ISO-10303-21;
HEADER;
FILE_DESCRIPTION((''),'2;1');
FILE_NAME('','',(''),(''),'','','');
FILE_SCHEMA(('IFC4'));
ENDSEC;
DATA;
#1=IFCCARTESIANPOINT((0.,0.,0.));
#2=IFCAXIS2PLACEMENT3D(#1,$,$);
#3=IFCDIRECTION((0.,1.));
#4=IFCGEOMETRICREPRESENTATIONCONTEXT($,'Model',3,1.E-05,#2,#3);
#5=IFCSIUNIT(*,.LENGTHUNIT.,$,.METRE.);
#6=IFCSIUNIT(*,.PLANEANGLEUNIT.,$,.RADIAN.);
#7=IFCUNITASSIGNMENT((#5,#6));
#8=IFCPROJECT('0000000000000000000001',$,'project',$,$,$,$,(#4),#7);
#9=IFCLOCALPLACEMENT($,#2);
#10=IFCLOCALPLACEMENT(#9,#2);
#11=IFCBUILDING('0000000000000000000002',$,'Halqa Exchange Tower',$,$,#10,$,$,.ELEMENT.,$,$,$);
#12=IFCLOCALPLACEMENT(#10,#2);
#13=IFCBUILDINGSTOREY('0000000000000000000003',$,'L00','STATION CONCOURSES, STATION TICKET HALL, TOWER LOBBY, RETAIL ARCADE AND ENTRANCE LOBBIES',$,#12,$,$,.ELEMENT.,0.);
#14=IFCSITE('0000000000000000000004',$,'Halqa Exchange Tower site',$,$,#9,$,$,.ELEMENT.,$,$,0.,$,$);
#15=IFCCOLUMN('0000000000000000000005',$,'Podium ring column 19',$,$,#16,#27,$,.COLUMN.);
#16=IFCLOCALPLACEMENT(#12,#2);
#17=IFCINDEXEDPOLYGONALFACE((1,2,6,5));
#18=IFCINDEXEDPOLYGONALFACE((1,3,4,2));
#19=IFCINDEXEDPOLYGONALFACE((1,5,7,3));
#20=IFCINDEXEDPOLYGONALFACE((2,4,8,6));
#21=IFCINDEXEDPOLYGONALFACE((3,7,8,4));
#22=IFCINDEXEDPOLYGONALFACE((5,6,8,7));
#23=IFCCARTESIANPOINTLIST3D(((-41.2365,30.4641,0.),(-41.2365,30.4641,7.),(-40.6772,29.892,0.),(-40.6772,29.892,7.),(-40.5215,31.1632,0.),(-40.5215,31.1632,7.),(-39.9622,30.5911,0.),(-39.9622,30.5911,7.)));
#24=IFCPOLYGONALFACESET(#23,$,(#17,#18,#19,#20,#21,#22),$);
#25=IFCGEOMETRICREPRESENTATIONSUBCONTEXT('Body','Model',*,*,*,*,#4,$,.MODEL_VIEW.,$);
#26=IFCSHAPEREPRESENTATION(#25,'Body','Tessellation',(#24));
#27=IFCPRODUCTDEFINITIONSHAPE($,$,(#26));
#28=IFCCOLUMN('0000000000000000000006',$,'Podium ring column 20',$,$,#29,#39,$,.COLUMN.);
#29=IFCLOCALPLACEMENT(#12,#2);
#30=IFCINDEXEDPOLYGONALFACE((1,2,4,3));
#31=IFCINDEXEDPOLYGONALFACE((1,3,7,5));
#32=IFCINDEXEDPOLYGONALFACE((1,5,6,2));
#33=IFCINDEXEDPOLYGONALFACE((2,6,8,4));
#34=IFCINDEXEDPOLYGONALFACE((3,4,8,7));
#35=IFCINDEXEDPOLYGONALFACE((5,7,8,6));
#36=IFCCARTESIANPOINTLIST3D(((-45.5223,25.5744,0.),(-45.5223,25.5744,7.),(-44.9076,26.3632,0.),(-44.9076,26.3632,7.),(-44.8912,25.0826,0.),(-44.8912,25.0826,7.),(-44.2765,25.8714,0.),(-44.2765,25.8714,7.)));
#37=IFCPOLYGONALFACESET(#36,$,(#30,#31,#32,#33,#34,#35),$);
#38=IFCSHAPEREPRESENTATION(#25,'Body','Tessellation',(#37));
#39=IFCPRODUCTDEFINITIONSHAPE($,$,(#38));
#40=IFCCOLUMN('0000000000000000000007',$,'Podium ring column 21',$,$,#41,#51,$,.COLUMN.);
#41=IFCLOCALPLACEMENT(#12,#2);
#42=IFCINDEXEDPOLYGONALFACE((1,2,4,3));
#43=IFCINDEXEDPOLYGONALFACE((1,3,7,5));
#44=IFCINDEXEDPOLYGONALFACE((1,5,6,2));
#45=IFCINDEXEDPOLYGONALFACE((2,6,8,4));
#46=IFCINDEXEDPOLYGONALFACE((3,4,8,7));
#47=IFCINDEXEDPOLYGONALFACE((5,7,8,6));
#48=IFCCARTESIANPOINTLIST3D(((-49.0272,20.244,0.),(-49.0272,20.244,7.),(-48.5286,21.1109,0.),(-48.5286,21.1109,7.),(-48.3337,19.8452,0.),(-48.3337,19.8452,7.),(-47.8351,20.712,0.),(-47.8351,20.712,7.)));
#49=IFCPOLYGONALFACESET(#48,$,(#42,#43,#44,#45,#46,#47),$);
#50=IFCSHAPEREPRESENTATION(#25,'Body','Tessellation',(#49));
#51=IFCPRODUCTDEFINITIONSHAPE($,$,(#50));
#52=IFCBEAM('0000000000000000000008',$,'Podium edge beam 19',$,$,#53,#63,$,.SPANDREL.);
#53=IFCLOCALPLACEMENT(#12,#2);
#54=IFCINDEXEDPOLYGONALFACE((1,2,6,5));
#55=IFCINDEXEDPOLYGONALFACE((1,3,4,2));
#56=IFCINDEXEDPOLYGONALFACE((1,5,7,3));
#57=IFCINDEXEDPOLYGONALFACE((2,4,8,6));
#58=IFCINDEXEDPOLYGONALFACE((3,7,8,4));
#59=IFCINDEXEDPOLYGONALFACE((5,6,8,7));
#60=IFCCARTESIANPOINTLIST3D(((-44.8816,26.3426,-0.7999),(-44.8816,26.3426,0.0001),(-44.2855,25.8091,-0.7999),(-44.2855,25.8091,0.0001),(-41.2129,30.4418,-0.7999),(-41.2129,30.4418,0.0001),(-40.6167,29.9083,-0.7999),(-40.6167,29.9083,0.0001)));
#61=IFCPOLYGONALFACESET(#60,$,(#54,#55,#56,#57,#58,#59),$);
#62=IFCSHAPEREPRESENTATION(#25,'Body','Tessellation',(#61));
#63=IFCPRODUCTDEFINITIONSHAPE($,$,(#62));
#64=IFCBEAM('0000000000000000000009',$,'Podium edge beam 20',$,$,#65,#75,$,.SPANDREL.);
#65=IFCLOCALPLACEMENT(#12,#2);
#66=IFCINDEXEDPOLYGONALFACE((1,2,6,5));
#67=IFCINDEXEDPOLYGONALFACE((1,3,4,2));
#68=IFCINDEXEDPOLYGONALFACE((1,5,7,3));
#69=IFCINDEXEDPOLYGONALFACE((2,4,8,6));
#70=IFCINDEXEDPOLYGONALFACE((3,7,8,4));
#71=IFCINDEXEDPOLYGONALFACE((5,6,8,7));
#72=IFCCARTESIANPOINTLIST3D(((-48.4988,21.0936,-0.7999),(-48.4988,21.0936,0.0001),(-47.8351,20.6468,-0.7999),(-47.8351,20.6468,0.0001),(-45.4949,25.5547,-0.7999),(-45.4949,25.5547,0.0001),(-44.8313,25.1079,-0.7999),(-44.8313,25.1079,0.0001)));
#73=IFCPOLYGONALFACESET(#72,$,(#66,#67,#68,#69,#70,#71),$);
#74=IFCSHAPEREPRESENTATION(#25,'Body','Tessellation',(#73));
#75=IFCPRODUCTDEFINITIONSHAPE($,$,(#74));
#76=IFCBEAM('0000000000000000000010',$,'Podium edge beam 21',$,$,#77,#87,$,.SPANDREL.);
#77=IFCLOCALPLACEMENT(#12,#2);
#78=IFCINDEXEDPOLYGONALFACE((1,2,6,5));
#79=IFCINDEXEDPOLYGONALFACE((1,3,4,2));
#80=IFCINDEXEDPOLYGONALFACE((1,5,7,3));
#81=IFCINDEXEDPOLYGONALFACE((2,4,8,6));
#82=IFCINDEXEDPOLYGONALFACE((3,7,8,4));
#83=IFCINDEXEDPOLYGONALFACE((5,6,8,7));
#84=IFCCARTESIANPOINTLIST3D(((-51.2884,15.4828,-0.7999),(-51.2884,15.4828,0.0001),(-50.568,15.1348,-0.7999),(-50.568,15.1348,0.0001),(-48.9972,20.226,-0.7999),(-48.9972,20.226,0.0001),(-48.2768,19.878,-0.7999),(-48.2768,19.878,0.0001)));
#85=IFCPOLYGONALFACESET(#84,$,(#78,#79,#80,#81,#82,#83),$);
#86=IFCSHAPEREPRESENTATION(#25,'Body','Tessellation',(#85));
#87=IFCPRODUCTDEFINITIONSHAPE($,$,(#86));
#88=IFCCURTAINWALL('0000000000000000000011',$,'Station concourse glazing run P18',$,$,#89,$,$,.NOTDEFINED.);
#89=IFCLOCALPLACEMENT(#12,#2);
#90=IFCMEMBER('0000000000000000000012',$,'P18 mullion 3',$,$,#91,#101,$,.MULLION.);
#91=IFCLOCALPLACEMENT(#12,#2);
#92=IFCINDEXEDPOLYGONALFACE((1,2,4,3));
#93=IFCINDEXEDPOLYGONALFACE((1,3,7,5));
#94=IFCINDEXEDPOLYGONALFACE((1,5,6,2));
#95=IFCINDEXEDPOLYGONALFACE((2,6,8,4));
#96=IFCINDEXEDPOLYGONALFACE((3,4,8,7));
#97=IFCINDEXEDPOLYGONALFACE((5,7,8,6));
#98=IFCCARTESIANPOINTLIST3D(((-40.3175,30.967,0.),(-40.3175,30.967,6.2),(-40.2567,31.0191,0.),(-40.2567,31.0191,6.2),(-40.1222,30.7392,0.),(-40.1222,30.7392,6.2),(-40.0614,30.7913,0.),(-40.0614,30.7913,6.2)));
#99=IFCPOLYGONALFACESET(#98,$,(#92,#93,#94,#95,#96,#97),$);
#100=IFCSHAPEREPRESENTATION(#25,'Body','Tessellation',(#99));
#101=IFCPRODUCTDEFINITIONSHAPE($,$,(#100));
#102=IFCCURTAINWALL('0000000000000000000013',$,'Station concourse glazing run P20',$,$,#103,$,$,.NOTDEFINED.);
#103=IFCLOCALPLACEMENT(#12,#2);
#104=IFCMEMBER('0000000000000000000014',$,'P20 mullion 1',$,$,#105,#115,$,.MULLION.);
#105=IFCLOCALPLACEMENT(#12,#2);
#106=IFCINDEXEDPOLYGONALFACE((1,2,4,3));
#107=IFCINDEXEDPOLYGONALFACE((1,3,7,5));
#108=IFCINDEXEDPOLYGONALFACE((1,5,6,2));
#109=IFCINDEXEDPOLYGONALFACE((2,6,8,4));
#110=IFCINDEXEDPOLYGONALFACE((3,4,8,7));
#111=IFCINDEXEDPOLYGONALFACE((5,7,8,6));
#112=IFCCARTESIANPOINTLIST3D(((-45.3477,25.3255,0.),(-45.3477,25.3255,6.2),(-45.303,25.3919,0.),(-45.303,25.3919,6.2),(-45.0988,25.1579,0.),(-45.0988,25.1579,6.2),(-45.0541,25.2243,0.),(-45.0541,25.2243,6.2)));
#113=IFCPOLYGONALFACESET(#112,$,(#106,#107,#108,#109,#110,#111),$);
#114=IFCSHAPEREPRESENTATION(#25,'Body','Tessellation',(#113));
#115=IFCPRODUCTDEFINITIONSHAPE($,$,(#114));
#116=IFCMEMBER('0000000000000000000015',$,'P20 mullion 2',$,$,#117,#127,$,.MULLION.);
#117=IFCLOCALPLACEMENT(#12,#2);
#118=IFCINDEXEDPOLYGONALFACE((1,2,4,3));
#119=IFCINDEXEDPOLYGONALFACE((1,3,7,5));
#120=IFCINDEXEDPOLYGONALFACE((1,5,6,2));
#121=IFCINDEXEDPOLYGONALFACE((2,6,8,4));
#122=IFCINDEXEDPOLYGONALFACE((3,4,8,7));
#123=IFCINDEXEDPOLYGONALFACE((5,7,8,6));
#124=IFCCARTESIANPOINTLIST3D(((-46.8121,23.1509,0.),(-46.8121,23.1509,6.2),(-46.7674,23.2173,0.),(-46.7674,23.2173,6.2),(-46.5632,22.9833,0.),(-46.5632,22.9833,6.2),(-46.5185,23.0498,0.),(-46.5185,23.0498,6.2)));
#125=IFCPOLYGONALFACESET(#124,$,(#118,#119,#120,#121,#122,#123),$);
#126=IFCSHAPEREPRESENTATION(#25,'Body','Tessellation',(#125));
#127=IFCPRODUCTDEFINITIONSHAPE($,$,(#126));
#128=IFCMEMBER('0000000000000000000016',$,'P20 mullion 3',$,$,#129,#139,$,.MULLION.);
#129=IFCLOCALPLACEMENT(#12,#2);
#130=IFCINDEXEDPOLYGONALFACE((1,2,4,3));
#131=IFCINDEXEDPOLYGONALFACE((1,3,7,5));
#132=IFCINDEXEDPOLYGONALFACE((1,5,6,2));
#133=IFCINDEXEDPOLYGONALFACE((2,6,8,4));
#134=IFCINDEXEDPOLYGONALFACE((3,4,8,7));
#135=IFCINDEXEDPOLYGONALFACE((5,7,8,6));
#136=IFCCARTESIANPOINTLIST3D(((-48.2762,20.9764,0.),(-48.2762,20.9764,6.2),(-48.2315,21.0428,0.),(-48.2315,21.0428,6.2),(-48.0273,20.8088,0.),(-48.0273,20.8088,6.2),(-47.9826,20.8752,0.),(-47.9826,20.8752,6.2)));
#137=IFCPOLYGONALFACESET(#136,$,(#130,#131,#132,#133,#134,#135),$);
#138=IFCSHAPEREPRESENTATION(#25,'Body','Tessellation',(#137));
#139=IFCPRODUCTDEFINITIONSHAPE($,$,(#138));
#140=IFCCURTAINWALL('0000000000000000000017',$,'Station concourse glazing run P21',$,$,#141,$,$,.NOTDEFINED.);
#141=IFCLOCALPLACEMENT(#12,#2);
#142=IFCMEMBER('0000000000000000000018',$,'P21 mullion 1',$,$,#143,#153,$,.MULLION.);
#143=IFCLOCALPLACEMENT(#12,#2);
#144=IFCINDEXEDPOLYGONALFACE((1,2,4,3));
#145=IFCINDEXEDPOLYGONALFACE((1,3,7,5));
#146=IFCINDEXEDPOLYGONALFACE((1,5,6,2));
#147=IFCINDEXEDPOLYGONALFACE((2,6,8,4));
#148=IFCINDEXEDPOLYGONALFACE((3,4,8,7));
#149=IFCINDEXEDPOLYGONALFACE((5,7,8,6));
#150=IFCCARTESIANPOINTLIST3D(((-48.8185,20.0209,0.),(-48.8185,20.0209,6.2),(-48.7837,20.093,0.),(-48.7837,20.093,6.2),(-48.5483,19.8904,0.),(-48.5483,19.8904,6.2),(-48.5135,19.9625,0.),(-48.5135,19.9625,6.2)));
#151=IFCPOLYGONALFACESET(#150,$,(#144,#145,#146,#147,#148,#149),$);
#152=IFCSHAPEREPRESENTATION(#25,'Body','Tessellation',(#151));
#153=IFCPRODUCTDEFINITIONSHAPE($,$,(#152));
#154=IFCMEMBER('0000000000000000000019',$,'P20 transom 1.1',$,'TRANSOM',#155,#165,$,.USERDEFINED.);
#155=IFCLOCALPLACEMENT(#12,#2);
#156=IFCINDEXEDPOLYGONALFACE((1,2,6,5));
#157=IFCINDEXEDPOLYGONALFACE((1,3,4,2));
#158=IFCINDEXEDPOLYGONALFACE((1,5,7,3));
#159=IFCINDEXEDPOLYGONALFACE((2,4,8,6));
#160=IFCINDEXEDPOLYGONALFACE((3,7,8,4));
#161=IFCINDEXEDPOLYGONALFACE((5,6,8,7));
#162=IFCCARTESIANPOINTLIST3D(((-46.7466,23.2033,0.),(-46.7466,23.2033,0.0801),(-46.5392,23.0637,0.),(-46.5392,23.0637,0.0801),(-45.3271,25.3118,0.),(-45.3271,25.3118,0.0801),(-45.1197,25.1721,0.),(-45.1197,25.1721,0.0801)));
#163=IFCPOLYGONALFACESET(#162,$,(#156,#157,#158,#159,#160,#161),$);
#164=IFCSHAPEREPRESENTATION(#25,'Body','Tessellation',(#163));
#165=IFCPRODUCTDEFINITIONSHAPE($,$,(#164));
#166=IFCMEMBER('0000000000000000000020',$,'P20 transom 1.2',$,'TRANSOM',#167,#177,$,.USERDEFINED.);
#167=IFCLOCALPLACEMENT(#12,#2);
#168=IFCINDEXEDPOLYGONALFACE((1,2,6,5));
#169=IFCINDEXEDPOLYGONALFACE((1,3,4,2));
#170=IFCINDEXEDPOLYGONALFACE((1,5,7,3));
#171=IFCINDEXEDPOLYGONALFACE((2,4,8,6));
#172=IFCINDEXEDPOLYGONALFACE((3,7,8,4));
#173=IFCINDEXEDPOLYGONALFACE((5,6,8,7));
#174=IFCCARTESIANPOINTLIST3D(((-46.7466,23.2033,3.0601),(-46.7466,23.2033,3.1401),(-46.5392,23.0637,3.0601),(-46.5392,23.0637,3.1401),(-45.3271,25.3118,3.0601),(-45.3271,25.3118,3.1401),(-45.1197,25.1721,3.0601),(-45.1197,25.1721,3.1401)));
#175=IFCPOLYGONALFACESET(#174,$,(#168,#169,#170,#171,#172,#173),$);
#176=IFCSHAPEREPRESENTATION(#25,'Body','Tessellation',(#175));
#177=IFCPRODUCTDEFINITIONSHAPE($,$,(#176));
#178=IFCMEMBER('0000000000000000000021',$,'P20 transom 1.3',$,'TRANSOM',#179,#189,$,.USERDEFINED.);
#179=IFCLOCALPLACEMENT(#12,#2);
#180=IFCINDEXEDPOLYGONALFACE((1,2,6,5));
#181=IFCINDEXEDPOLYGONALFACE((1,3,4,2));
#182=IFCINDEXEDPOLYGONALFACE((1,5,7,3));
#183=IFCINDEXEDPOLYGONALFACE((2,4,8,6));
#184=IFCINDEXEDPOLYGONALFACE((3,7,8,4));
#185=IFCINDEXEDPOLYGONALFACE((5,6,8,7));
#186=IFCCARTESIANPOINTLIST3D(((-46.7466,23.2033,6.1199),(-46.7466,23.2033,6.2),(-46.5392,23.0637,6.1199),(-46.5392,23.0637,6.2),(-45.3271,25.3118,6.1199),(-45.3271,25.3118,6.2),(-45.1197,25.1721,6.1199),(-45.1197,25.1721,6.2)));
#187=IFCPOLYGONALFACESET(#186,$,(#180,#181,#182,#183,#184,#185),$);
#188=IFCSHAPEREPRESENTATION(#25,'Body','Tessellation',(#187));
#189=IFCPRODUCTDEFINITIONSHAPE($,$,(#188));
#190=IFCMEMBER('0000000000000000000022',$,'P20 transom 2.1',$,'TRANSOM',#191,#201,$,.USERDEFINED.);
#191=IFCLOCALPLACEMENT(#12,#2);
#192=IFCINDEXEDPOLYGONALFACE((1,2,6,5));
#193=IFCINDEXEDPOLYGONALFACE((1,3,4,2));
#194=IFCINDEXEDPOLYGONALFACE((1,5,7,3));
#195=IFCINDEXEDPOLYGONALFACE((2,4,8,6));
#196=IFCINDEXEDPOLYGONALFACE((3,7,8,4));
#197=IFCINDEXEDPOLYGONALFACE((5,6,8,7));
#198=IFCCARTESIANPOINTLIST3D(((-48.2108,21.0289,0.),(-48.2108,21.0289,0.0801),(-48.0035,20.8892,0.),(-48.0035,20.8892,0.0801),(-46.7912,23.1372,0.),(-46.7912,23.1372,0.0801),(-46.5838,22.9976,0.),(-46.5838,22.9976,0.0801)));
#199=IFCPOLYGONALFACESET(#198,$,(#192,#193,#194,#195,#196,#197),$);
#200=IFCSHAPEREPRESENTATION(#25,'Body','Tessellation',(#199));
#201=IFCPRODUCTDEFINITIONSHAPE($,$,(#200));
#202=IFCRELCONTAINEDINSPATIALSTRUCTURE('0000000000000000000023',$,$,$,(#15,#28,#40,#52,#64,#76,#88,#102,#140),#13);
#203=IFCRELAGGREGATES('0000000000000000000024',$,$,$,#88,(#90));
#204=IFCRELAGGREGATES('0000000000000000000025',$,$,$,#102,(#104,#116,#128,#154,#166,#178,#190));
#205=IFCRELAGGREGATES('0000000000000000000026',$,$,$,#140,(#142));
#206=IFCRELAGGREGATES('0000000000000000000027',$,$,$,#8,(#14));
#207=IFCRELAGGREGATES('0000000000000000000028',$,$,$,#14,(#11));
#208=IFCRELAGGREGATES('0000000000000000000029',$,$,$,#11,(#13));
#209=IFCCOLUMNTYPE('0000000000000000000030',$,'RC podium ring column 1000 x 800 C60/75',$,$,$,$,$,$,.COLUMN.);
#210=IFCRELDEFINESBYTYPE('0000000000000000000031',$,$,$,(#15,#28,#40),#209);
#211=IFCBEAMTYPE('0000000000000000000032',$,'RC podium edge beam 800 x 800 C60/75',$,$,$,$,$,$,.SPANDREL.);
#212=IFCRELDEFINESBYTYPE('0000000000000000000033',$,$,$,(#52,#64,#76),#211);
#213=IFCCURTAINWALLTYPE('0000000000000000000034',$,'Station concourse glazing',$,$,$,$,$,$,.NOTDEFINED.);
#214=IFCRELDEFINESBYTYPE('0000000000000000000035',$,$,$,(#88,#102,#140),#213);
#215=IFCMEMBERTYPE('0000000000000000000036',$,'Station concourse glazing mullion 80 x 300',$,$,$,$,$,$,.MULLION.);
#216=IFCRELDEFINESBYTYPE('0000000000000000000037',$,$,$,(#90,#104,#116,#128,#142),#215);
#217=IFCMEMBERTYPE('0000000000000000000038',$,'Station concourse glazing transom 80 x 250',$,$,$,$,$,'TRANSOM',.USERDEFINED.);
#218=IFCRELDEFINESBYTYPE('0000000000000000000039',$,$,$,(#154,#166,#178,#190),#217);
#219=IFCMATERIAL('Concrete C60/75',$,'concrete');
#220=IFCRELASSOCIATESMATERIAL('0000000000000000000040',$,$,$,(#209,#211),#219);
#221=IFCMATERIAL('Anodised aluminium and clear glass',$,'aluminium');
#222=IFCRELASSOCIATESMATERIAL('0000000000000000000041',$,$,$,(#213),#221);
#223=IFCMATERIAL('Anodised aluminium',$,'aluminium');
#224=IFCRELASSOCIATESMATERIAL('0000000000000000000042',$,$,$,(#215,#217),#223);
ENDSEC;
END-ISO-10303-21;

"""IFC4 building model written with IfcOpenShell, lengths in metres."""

from ifc_helpers import new_model, si_unit, direction, frame, origin, origin_2d, place, context, subcontext, project, spatial, rectangle, extrude, material, material_profile, profile_set, type_object, element, aggregate, save


model = new_model("IFC4")

# Units and contexts
model_context = context("Model", 3, precision=1e-05, world=origin(), true_north=direction((0.0, 1.0)))
body_context = subcontext(model_context, "Body", "Model", "MODEL_VIEW")
ifc_project = project(units=[si_unit("LENGTHUNIT", "METRE"), si_unit("PLANEANGLEUNIT", "RADIAN")], contexts=[model_context])

# Site, building, storey
site_placement = place(None, origin())
site = spatial("IfcSite", under=ifc_project, at=site_placement, Name="Halqa Exchange Tower site", CompositionType="ELEMENT", RefElevation=0.0)
building_placement = place(site_placement, origin())
building = spatial("IfcBuilding", under=site, at=building_placement, Name="Halqa Exchange Tower", CompositionType="ELEMENT")
storey_placement = place(building_placement, origin())
storey = spatial("IfcBuildingStorey", under=building, at=storey_placement, Name="L00", Description="STATION CONCOURSES, STATION TICKET HALL, TOWER LOBBY, RETAIL ARCADE AND ENTRANCE LOBBIES", CompositionType="ELEMENT", Elevation=0.0)

# Columns
ifc_material_1 = material(Name="Concrete C60/75", Category="concrete")
ifc_material_profile_1 = material_profile(ifc_material_1, rectangle(XDim=1.0, YDim=0.8, at=origin_2d()), Name="1000 x 800")
ifc_profile_set_1 = profile_set([ifc_material_profile_1], Name="Concrete C60/75")
column_type = type_object("IfcColumnType", Name="RC podium ring column 1000 x 800 C60/75", PredefinedType="COLUMN", material=ifc_profile_set_1)
for number, where, z_axis, x_axis, name in (
    (1, (-40.5994, 30.5276, 0.0), (0.0, 0.0, 1.0), (-0.715039, -0.699085, 0.0), "Podium ring column 19"),
    (2, (-44.8994, 25.7229, 0.0), (0.0, 0.0, 1.0), (-0.614691, -0.788768, 0.0), "Podium ring column 20"),
    (3, (-48.4312, 20.478, 0.0), (0.0, 0.0, 1.0), (-0.498569, -0.86685, 0.0), "Podium ring column 21"),
):
    element("IfcColumn", number, at=place(storey_placement, frame(where, z_axis=z_axis, x_axis=x_axis)), inside=storey, type_object=column_type, Name=name, PredefinedType="COLUMN", context=body_context, shape_type="SweptSolid", body=[
        extrude(rectangle(XDim=1.0, YDim=0.8, at=origin_2d()), origin(), (0.0, 0.0, 1.0), 7.0),
    ])

# Beams
ifc_material_profile_2 = material_profile(ifc_material_1, rectangle(XDim=0.8, YDim=0.8, at=origin_2d()), Name="800 x 800")
ifc_profile_set_2 = profile_set([ifc_material_profile_2], Name="Concrete C60/75")
beam_type = type_object("IfcBeamType", Name="RC podium edge beam 800 x 800 C60/75", PredefinedType="SPANDREL", material=ifc_profile_set_2)
beam_1_placement = place(storey_placement, frame((-40.9148, 30.175, -0.3999), z_axis=(-0.666903, -0.745145, 0.0), x_axis=(0.745145, -0.666903, 0.0)))
element("IfcBeam", 4, at=beam_1_placement, inside=storey, type_object=beam_type, Name="Podium edge beam 19", PredefinedType="SPANDREL", context=body_context, shape_type="SweptSolid", body=[
    extrude(rectangle(XDim=0.8, YDim=0.8, at=origin_2d()), origin(), (0.0, 0.0, 1.0), 5.5012),
])
beam_2_placement = place(storey_placement, frame((-45.1631, 25.3313, -0.3999), z_axis=(-0.558528, -0.829485, 0.0), x_axis=(0.829485, -0.558528, 0.0)))
element("IfcBeam", 5, at=beam_2_placement, inside=storey, type_object=beam_type, Name="Podium edge beam 20", PredefinedType="SPANDREL", context=body_context, shape_type="SweptSolid", body=[
    extrude(rectangle(XDim=0.8, YDim=0.8, at=origin_2d()), origin(), (0.0, 0.0, 1.0), 5.3782),
])
beam_3_placement = place(storey_placement, frame((-48.637, 20.052, -0.3999), z_axis=(-0.434973, -0.900443, 0.0), x_axis=(0.900443, -0.434973, 0.0)))
element("IfcBeam", 6, at=beam_3_placement, inside=storey, type_object=beam_type, Name="Podium edge beam 21", PredefinedType="SPANDREL", context=body_context, shape_type="SweptSolid", body=[
    extrude(rectangle(XDim=0.8, YDim=0.8, at=origin_2d()), origin(), (0.0, 0.0, 1.0), 5.2676),
])

# Curtain wall, member
ifc_material_2 = material(Name="Anodised aluminium and clear glass", Category="aluminium")
curtain_wall_type = type_object("IfcCurtainWallType", Name="Station concourse glazing", PredefinedType="NOTDEFINED", material=ifc_material_2)
curtain_wall_1_placement = place(storey_placement, origin())
curtain_wall_1 = element("IfcCurtainWall", 7, at=curtain_wall_1_placement, inside=storey, type_object=curtain_wall_type, Name="Station concourse glazing run P18", PredefinedType="NOTDEFINED")
ifc_material_3 = material(Name="Anodised aluminium", Category="aluminium")
ifc_material_profile_3 = material_profile(ifc_material_3, rectangle(XDim=0.3, YDim=0.0801, at=origin_2d()), Name="AL 80x300")
ifc_profile_set_3 = profile_set([ifc_material_profile_3], Name="Anodised aluminium")
member_type_1 = type_object("IfcMemberType", Name="Station concourse glazing mullion 80 x 300", PredefinedType="MULLION", material=ifc_profile_set_3)
member_1_placement = place(storey_placement, frame((-40.1895, 30.8792, 0.0), z_axis=(0.0, 0.0, 1.0), x_axis=(0.650911, -0.759154, 0.0)))
member_1 = element("IfcMember", 8, at=member_1_placement, type_object=member_type_1, Name="P18 mullion 3", PredefinedType="MULLION", context=body_context, shape_type="SweptSolid", body=[
    extrude(rectangle(XDim=0.3, YDim=0.0801, at=origin_2d()), origin(), (0.0, 0.0, 1.0), 6.2),
])

# Curtain wall, members
curtain_wall_2_placement = place(storey_placement, origin())
curtain_wall_2 = element("IfcCurtainWall", 9, at=curtain_wall_2_placement, inside=storey, type_object=curtain_wall_type, Name="Station concourse glazing run P20", PredefinedType="NOTDEFINED")
member_2_placement = place(storey_placement, frame((-45.2009, 25.2749, 0.0), z_axis=(0.0, 0.0, 1.0), x_axis=(0.82949, -0.558522, 0.0)))
member_2 = element("IfcMember", 10, at=member_2_placement, type_object=member_type_1, Name="P20 mullion 1", PredefinedType="MULLION", context=body_context, shape_type="SweptSolid", body=[
    extrude(rectangle(XDim=0.3, YDim=0.0801, at=origin_2d()), origin(), (0.0, 0.0, 1.0), 6.2),
])
member_3_placement = place(storey_placement, frame((-46.6653, 23.1003, 0.0), z_axis=(0.0, 0.0, 1.0), x_axis=(0.82949, -0.558522, 0.0)))
member_3 = element("IfcMember", 11, at=member_3_placement, type_object=member_type_1, Name="P20 mullion 2", PredefinedType="MULLION", context=body_context, shape_type="SweptSolid", body=[
    extrude(rectangle(XDim=0.3, YDim=0.0801, at=origin_2d()), origin(), (0.0, 0.0, 1.0), 6.2),
])
member_4_placement = place(storey_placement, frame((-48.1294, 20.9258, 0.0), z_axis=(0.0, 0.0, 1.0), x_axis=(0.82949, -0.558522, 0.0)))
member_4 = element("IfcMember", 12, at=member_4_placement, type_object=member_type_1, Name="P20 mullion 3", PredefinedType="MULLION", context=body_context, shape_type="SweptSolid", body=[
    extrude(rectangle(XDim=0.3, YDim=0.0801, at=origin_2d()), origin(), (0.0, 0.0, 1.0), 6.2),
])

# Curtain wall, member
curtain_wall_3_placement = place(storey_placement, origin())
curtain_wall_3 = element("IfcCurtainWall", 13, at=curtain_wall_3_placement, inside=storey, type_object=curtain_wall_type, Name="Station concourse glazing run P21", PredefinedType="NOTDEFINED")
member_5_placement = place(storey_placement, frame((-48.666, 19.9917, 0.0), z_axis=(0.0, 0.0, 1.0), x_axis=(0.900435, -0.43499, 0.0)))
member_5 = element("IfcMember", 14, at=member_5_placement, type_object=member_type_1, Name="P21 mullion 1", PredefinedType="MULLION", context=body_context, shape_type="SweptSolid", body=[
    extrude(rectangle(XDim=0.3, YDim=0.0801, at=origin_2d()), origin(), (0.0, 0.0, 1.0), 6.2),
])

# Members
ifc_material_profile_4 = material_profile(ifc_material_3, rectangle(XDim=0.25, YDim=0.0801, at=origin_2d()), Name="AL 80x250")
ifc_profile_set_4 = profile_set([ifc_material_profile_4], Name="Anodised aluminium")
member_type_2 = type_object("IfcMemberType", Name="Station concourse glazing transom 80 x 250", ElementType="TRANSOM", PredefinedType="USERDEFINED", material=ifc_profile_set_4)
member_6_placement = place(storey_placement, frame((-45.2234, 25.2419, 0.04), z_axis=(-0.558463, -0.82953, 0.0), x_axis=(0.82953, -0.558463, 0.0)))
member_6 = element("IfcMember", 15, at=member_6_placement, type_object=member_type_2, Name="P20 transom 1.1", ObjectType="TRANSOM", PredefinedType="USERDEFINED", context=body_context, shape_type="SweptSolid", body=[
    extrude(rectangle(XDim=0.25, YDim=0.0801, at=origin_2d()), origin(), (0.0, 0.0, 1.0), 2.5417),
])
member_7_placement = place(storey_placement, frame((-45.2234, 25.2419, 3.1001), z_axis=(-0.558463, -0.82953, 0.0), x_axis=(0.82953, -0.558463, 0.0)))
member_7 = element("IfcMember", 16, at=member_7_placement, type_object=member_type_2, Name="P20 transom 1.2", ObjectType="TRANSOM", PredefinedType="USERDEFINED", context=body_context, shape_type="SweptSolid", body=[
    extrude(rectangle(XDim=0.25, YDim=0.0801, at=origin_2d()), origin(), (0.0, 0.0, 1.0), 2.5417),
])
member_8_placement = place(storey_placement, frame((-45.2234, 25.2419, 6.1599), z_axis=(-0.558463, -0.82953, 0.0), x_axis=(0.82953, -0.558463, 0.0)))
member_8 = element("IfcMember", 17, at=member_8_placement, type_object=member_type_2, Name="P20 transom 1.3", ObjectType="TRANSOM", PredefinedType="USERDEFINED", context=body_context, shape_type="SweptSolid", body=[
    extrude(rectangle(XDim=0.25, YDim=0.0801, at=origin_2d()), origin(), (0.0, 0.0, 1.0), 2.5417),
])
member_9_placement = place(storey_placement, frame((-46.6875, 23.0674, 0.04), z_axis=(-0.558529, -0.829485, 0.0), x_axis=(0.829485, -0.558529, 0.0)))
member_9 = element("IfcMember", 18, at=member_9_placement, type_object=member_type_2, Name="P20 transom 2.1", ObjectType="TRANSOM", PredefinedType="USERDEFINED", context=body_context, shape_type="SweptSolid", body=[
    extrude(rectangle(XDim=0.25, YDim=0.0801, at=origin_2d()), origin(), (0.0, 0.0, 1.0), 2.5417),
])

aggregate(curtain_wall_1, [member_1])
aggregate(curtain_wall_2, [member_2, member_3, member_4, member_6, member_7, member_8, member_9])
aggregate(curtain_wall_3, [member_5])

save(model, "model.ifc")
